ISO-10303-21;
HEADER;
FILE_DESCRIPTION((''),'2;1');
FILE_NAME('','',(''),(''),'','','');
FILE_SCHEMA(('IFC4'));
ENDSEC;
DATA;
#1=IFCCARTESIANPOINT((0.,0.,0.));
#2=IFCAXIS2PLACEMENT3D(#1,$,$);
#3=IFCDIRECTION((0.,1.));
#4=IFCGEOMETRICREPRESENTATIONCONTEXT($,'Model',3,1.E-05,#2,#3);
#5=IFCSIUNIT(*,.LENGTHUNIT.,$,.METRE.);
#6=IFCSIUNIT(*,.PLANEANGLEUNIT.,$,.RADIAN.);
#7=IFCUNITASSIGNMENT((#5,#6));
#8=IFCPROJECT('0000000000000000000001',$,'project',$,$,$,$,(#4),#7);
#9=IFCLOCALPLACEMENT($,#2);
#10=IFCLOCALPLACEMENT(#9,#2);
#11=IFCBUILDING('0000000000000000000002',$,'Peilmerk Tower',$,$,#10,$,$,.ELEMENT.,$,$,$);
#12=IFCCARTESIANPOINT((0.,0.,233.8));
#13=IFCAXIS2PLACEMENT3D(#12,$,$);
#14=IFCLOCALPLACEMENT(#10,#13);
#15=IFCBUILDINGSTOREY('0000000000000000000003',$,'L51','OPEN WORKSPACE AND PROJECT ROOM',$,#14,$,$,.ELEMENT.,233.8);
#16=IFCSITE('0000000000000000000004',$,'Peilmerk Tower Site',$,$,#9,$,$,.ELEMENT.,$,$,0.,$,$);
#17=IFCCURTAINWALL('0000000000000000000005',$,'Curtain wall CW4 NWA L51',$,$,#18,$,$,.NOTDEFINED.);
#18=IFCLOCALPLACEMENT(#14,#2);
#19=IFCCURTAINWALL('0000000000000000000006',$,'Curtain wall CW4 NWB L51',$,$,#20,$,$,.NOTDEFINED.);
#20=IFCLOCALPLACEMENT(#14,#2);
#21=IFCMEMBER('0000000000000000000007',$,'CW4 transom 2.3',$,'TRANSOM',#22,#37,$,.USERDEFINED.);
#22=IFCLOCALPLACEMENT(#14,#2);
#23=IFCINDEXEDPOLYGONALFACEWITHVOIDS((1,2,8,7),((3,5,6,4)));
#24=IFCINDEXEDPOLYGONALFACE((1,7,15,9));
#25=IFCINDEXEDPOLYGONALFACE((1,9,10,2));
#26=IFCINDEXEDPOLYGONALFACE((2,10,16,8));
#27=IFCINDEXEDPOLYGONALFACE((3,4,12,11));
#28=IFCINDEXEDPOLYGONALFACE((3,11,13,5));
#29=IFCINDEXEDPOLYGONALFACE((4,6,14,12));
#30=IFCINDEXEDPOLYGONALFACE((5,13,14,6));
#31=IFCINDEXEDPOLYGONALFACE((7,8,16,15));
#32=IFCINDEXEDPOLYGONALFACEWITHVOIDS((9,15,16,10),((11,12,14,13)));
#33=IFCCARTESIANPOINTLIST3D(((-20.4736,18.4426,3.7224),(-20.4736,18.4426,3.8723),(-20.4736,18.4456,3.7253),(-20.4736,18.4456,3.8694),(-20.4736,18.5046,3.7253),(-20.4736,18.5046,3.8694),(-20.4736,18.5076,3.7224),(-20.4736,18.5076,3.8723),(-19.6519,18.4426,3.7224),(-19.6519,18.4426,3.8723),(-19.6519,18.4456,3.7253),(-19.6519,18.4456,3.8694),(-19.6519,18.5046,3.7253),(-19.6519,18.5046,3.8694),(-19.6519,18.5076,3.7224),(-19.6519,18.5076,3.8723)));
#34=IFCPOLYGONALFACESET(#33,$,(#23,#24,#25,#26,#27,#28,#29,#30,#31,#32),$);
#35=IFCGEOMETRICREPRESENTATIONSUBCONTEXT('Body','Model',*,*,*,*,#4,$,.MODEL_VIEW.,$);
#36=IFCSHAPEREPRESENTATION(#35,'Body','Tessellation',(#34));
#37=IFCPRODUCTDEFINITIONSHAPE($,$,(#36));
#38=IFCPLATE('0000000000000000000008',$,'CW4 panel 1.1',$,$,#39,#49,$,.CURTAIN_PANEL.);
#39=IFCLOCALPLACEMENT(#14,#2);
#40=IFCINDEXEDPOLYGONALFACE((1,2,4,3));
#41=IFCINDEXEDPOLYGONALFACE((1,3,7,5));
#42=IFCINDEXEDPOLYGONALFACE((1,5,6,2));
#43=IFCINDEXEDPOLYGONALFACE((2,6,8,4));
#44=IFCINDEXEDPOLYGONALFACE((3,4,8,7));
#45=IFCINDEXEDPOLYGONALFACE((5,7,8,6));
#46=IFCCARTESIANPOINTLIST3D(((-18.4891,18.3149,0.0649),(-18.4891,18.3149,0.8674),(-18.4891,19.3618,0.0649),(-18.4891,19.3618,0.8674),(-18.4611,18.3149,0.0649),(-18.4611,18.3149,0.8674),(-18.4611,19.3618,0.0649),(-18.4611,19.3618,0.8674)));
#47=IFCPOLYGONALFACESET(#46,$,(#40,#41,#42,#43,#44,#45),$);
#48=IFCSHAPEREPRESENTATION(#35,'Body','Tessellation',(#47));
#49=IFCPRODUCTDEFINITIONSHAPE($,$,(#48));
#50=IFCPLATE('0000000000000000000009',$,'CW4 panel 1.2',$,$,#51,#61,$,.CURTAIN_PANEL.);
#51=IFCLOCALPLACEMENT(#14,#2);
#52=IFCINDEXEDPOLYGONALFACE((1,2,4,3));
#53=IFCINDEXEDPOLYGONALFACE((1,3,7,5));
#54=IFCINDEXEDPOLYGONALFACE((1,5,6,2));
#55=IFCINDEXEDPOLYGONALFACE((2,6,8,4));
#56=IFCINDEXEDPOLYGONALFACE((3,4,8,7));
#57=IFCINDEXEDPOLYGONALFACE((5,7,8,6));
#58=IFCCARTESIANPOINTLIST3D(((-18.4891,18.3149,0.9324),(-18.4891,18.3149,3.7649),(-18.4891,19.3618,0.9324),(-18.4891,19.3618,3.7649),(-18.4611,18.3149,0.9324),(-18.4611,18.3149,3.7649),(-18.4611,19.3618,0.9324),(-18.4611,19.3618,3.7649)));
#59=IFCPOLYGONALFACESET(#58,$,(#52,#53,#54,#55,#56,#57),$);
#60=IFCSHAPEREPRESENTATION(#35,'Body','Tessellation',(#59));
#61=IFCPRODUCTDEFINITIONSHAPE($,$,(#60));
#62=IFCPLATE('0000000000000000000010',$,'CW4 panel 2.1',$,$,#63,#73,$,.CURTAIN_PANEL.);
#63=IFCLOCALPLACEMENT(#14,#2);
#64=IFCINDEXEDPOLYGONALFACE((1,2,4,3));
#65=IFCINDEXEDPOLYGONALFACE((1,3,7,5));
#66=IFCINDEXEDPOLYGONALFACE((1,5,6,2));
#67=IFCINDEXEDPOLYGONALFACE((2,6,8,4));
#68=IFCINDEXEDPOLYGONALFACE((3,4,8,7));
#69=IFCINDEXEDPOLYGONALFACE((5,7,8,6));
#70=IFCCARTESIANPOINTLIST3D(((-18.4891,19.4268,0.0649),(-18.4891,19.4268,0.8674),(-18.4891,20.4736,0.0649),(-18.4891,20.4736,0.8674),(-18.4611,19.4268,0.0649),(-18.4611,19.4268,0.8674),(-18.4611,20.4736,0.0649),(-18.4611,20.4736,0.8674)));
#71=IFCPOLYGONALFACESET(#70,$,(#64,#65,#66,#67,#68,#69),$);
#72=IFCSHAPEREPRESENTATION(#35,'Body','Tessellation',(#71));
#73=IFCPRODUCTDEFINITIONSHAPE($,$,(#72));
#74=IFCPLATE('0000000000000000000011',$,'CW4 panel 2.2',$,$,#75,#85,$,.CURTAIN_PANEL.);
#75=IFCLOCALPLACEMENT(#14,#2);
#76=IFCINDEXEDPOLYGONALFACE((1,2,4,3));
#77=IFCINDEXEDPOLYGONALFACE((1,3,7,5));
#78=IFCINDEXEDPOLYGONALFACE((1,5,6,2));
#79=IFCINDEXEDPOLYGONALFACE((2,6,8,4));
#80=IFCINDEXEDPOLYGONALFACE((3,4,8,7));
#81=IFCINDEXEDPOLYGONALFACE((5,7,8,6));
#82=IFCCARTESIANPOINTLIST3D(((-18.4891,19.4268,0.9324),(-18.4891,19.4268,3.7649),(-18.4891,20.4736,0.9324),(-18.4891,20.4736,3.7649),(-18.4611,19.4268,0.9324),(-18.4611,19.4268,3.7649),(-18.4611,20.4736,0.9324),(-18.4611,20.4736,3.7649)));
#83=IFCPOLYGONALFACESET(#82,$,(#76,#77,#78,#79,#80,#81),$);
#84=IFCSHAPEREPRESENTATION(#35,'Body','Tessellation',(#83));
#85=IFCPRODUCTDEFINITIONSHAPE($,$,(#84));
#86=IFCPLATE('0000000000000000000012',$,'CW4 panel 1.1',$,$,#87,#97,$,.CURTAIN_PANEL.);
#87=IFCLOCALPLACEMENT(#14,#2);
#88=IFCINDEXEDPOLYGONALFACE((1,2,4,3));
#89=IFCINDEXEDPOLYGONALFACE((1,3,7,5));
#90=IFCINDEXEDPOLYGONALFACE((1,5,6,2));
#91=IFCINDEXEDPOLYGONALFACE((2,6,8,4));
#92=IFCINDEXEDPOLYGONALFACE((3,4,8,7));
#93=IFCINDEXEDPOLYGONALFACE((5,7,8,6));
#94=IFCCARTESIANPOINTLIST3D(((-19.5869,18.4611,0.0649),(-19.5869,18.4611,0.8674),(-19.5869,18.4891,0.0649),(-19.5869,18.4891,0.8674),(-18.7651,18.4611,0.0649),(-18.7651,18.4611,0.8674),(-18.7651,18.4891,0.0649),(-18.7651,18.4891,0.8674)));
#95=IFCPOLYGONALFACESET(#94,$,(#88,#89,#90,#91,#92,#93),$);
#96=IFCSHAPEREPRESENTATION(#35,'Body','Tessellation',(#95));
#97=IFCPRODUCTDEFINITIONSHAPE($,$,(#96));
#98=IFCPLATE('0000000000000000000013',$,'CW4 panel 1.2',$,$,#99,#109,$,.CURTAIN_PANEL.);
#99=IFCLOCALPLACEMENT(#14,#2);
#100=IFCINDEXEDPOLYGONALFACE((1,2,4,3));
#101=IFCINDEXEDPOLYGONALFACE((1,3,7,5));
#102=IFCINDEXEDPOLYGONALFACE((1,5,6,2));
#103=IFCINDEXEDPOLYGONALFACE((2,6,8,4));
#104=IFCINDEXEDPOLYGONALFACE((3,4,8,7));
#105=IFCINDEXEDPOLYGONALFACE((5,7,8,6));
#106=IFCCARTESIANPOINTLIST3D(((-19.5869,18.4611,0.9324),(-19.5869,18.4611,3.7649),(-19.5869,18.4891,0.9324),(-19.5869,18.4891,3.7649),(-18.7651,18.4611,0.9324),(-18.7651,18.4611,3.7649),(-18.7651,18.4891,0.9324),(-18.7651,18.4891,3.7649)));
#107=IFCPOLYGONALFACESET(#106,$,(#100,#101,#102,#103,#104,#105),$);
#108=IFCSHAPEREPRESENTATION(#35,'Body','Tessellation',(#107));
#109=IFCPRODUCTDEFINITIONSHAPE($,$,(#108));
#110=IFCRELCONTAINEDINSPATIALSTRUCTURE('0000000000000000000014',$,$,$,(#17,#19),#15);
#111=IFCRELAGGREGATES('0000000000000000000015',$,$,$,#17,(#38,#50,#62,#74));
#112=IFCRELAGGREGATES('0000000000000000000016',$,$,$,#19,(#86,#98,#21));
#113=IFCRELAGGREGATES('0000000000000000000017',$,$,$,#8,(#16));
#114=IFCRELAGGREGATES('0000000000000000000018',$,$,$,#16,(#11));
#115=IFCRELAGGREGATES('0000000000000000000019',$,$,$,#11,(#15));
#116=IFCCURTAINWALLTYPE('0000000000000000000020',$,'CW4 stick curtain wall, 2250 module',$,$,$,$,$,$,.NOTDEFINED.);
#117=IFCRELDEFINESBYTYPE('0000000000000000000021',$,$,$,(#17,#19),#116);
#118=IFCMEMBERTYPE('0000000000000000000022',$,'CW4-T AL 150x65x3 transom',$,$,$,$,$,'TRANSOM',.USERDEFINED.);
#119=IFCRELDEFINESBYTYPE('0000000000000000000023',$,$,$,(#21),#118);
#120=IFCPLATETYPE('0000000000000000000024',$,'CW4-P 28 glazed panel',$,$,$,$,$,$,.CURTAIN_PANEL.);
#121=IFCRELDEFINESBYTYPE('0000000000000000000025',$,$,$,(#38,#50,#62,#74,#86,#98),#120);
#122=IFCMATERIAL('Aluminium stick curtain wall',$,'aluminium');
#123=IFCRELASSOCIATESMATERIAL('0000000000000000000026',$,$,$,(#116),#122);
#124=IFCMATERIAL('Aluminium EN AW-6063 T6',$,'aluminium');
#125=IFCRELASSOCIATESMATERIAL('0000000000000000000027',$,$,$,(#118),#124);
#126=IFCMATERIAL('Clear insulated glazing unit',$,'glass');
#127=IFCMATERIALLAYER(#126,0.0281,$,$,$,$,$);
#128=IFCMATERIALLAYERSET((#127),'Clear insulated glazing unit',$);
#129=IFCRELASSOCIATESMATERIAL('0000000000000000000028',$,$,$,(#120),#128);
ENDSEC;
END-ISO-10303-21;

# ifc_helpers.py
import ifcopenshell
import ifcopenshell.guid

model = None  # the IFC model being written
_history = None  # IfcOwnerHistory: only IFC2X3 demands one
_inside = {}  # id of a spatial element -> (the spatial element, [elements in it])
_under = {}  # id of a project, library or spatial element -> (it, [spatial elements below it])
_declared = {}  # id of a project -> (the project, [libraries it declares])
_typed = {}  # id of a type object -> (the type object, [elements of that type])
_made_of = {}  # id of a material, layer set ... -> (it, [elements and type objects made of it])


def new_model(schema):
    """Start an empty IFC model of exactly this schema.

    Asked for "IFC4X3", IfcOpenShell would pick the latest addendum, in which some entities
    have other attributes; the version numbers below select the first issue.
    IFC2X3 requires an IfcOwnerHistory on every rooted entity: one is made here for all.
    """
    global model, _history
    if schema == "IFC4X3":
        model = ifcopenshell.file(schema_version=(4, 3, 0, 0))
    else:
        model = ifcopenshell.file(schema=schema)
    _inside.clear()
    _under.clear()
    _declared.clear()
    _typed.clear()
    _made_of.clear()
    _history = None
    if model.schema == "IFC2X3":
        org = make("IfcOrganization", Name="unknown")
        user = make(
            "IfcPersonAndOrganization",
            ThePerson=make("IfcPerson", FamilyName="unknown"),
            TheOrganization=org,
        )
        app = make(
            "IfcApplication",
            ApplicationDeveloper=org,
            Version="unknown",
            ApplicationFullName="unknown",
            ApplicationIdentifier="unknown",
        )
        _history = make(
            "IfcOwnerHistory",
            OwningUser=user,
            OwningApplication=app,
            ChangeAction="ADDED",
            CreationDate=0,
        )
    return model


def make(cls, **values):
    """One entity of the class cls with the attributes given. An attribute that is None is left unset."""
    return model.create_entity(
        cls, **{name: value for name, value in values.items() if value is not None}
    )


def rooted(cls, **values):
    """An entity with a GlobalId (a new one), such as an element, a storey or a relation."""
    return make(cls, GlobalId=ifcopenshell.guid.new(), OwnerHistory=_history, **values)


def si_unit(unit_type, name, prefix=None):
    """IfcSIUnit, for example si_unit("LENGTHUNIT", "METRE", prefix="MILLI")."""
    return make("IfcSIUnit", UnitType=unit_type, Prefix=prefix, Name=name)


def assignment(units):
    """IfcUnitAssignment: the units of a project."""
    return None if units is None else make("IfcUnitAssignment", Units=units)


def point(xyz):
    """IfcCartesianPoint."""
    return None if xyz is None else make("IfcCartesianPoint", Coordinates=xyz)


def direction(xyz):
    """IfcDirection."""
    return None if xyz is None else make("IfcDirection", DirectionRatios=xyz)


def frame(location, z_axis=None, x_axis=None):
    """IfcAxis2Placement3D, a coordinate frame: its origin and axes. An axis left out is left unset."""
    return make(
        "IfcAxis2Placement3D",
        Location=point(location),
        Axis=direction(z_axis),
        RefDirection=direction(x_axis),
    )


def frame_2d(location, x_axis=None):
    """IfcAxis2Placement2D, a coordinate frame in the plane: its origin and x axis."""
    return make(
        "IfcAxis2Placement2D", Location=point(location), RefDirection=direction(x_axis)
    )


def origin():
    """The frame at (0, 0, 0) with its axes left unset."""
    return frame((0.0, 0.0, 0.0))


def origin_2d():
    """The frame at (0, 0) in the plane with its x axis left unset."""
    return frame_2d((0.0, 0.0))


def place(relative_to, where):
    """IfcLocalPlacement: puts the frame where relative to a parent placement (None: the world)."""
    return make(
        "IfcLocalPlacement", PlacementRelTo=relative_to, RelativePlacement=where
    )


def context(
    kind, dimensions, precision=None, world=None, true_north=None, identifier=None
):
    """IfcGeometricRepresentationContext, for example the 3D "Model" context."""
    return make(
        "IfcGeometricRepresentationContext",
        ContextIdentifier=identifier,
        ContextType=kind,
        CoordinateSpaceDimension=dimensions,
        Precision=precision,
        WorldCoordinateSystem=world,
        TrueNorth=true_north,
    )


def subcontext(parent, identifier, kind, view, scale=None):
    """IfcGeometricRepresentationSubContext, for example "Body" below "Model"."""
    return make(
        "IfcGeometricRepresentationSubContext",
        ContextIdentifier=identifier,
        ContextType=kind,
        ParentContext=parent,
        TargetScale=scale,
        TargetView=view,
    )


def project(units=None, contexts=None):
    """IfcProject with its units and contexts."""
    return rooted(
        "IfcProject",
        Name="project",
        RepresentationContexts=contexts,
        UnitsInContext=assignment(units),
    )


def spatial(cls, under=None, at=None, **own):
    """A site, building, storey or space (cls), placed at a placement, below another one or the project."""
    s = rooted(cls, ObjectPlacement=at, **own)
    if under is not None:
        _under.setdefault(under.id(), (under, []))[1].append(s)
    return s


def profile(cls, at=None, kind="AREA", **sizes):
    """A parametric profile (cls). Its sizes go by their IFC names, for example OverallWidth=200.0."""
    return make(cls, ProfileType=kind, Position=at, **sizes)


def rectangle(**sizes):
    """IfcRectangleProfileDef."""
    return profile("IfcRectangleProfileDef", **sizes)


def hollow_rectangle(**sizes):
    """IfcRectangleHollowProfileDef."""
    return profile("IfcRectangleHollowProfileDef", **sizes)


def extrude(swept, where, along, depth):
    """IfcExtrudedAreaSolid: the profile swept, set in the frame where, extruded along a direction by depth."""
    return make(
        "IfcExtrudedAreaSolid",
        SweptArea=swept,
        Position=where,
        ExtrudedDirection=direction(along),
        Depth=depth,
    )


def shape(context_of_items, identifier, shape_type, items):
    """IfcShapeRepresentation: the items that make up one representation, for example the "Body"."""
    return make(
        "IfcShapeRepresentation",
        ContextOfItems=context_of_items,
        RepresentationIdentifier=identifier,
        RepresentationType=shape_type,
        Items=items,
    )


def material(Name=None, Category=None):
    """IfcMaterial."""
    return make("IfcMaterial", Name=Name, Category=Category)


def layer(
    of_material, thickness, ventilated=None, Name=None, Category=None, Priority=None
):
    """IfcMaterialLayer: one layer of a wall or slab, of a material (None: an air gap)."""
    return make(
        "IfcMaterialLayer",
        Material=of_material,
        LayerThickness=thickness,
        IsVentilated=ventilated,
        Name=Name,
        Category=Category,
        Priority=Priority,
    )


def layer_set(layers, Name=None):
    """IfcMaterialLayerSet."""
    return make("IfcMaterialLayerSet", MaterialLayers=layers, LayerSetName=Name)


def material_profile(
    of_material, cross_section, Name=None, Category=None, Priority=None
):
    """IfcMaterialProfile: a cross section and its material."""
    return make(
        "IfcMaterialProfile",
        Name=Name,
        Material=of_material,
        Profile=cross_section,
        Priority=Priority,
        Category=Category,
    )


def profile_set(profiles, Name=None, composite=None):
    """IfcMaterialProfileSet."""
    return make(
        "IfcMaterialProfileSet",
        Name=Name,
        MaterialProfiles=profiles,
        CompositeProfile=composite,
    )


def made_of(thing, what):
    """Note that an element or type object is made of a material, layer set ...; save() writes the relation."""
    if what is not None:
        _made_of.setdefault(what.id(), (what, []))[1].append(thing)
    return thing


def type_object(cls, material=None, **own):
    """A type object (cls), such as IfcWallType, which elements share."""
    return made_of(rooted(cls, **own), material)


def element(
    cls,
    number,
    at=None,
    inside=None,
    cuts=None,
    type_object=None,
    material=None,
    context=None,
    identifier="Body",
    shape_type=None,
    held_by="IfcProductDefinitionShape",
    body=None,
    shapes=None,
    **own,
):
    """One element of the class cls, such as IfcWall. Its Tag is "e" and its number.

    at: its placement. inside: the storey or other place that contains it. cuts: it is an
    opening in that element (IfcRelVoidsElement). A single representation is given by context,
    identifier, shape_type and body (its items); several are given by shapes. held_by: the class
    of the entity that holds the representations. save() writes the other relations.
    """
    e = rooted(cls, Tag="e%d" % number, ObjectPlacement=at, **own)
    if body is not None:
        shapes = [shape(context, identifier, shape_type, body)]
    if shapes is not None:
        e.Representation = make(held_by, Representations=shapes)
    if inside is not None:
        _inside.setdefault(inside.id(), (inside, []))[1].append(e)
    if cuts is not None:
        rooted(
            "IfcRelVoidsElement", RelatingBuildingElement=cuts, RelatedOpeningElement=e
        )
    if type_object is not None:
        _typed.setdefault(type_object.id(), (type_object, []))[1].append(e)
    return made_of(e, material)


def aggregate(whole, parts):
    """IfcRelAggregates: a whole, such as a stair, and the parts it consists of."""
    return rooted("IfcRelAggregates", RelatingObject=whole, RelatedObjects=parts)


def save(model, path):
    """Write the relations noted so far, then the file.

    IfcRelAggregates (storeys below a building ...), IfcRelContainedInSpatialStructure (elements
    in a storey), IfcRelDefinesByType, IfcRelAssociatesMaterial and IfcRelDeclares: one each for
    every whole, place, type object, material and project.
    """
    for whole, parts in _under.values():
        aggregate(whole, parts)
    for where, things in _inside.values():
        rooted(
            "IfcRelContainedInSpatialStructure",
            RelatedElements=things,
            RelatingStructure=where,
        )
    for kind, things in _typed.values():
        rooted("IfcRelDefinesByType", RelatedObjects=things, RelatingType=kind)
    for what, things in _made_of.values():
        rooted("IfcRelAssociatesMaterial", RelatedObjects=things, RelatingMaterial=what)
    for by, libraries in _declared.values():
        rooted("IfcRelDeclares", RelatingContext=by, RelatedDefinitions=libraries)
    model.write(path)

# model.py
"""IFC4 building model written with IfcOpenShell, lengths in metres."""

from ifc_helpers import new_model, si_unit, direction, frame, origin, origin_2d, place, context, subcontext, project, spatial, rectangle, hollow_rectangle, extrude, material, layer, layer_set, material_profile, profile_set, type_object, element, aggregate, save


model = new_model("IFC4")

# Units and contexts
model_context = context("Model", 3, precision=1e-05, world=origin(), true_north=direction((0.0, 1.0)))
body_context = subcontext(model_context, "Body", "Model", "MODEL_VIEW")
ifc_project = project(units=[si_unit("LENGTHUNIT", "METRE"), si_unit("PLANEANGLEUNIT", "RADIAN")], contexts=[model_context])

# Site, building, storey
site_placement = place(None, origin())
site = spatial("IfcSite", under=ifc_project, at=site_placement, Name="Peilmerk Tower Site", CompositionType="ELEMENT", RefElevation=0.0)
building_placement = place(site_placement, origin())
building = spatial("IfcBuilding", under=site, at=building_placement, Name="Peilmerk Tower", CompositionType="ELEMENT")
storey_placement = place(building_placement, frame((0.0, 0.0, 233.8)))
storey = spatial("IfcBuildingStorey", under=building, at=storey_placement, Name="L51", Description="OPEN WORKSPACE AND PROJECT ROOM", CompositionType="ELEMENT", Elevation=233.8)

# Curtain walls
ifc_material_1 = material(Name="Aluminium stick curtain wall", Category="aluminium")
curtain_wall_type = type_object("IfcCurtainWallType", Name="CW4 stick curtain wall, 2250 module", PredefinedType="NOTDEFINED", material=ifc_material_1)
curtain_wall_1_placement = place(storey_placement, origin())
curtain_wall_1 = element("IfcCurtainWall", 1, at=curtain_wall_1_placement, inside=storey, type_object=curtain_wall_type, Name="Curtain wall CW4 NWA L51", PredefinedType="NOTDEFINED")
ifc_material_2 = material(Name="Aluminium EN AW-6063 T6", Category="aluminium")
curtain_wall_2_placement = place(storey_placement, origin())
curtain_wall_2 = element("IfcCurtainWall", 2, at=curtain_wall_2_placement, inside=storey, type_object=curtain_wall_type, Name="Curtain wall CW4 NWB L51", PredefinedType="NOTDEFINED")

# Member
ifc_material_profile_1 = material_profile(ifc_material_2, hollow_rectangle(XDim=0.0649, YDim=0.1499, WallThickness=0.0029, at=origin_2d()), Name="AL 150x65x3")
ifc_profile_set_1 = profile_set([ifc_material_profile_1], Name="Aluminium EN AW-6063 T6")
member_type_1 = type_object("IfcMemberType", Name="CW4-T AL 150x65x3 transom", ElementType="TRANSOM", PredefinedType="USERDEFINED", material=ifc_profile_set_1)
member_1_placement = place(storey_placement, frame((-19.6519, 18.4751, 3.7974), z_axis=(-1.0, 0.0, 0.0), x_axis=(0.0, -1.0, 0.0)))
member_1 = element("IfcMember", 3, at=member_1_placement, type_object=member_type_1, Name="CW4 transom 2.3", ObjectType="TRANSOM", PredefinedType="USERDEFINED", context=body_context, shape_type="SweptSolid", body=[
    extrude(hollow_rectangle(XDim=0.0649, YDim=0.1499, WallThickness=0.0029, at=origin_2d()), origin(), (0.0, 0.0, 1.0), 0.8218),
])

# Plates
ifc_material_3 = material(Name="Clear insulated glazing unit", Category="glass")
ifc_layer_1 = layer(ifc_material_3, 0.0281)
ifc_layer_set_1 = layer_set([ifc_layer_1], Name="Clear insulated glazing unit")
plate_type = type_object("IfcPlateType", Name="CW4-P 28 glazed panel", PredefinedType="CURTAIN_PANEL", material=ifc_layer_set_1)
plate_1_placement = place(storey_placement, frame((-18.4751, 18.8384, 0.0649), z_axis=(0.0, 0.0, 1.0), x_axis=(0.0, 1.0, 0.0)))
plate_1 = element("IfcPlate", 4, at=plate_1_placement, type_object=plate_type, Name="CW4 panel 1.1", PredefinedType="CURTAIN_PANEL", context=body_context, shape_type="SweptSolid", body=[
    extrude(rectangle(XDim=1.0469, YDim=0.0281, at=origin_2d()), origin(), (0.0, 0.0, 1.0), 0.8025),
])
plate_2_placement = place(storey_placement, frame((-18.4751, 18.8384, 0.9324), z_axis=(0.0, 0.0, 1.0), x_axis=(0.0, 1.0, 0.0)))
plate_2 = element("IfcPlate", 5, at=plate_2_placement, type_object=plate_type, Name="CW4 panel 1.2", PredefinedType="CURTAIN_PANEL", context=body_context, shape_type="SweptSolid", body=[
    extrude(rectangle(XDim=1.0469, YDim=0.0281, at=origin_2d()), origin(), (0.0, 0.0, 1.0), 2.8325),
])
plate_3_placement = place(storey_placement, frame((-18.4751, 19.9502, 0.0649), z_axis=(0.0, 0.0, 1.0), x_axis=(0.0, 1.0, 0.0)))
plate_3 = element("IfcPlate", 6, at=plate_3_placement, type_object=plate_type, Name="CW4 panel 2.1", PredefinedType="CURTAIN_PANEL", context=body_context, shape_type="SweptSolid", body=[
    extrude(rectangle(XDim=1.0469, YDim=0.0281, at=origin_2d()), origin(), (0.0, 0.0, 1.0), 0.8025),
])
plate_4_placement = place(storey_placement, frame((-18.4751, 19.9502, 0.9324), z_axis=(0.0, 0.0, 1.0), x_axis=(0.0, 1.0, 0.0)))
plate_4 = element("IfcPlate", 7, at=plate_4_placement, type_object=plate_type, Name="CW4 panel 2.2", PredefinedType="CURTAIN_PANEL", context=body_context, shape_type="SweptSolid", body=[
    extrude(rectangle(XDim=1.0469, YDim=0.0281, at=origin_2d()), origin(), (0.0, 0.0, 1.0), 2.8325),
])
aggregate(curtain_wall_1, [plate_1, plate_2, plate_3, plate_4])
plate_5_placement = place(storey_placement, frame((-19.176, 18.4751, 0.0649), z_axis=(0.0, 0.0, 1.0), x_axis=(-1.0, 0.0, 0.0)))
plate_5 = element("IfcPlate", 8, at=plate_5_placement, type_object=plate_type, Name="CW4 panel 1.1", PredefinedType="CURTAIN_PANEL", context=body_context, shape_type="SweptSolid", body=[
    extrude(rectangle(XDim=0.8218, YDim=0.0281, at=origin_2d()), origin(), (0.0, 0.0, 1.0), 0.8025),
])
plate_6_placement = place(storey_placement, frame((-19.176, 18.4751, 0.9324), z_axis=(0.0, 0.0, 1.0), x_axis=(-1.0, 0.0, 0.0)))
plate_6 = element("IfcPlate", 9, at=plate_6_placement, type_object=plate_type, Name="CW4 panel 1.2", PredefinedType="CURTAIN_PANEL", context=body_context, shape_type="SweptSolid", body=[
    extrude(rectangle(XDim=0.8218, YDim=0.0281, at=origin_2d()), origin(), (0.0, 0.0, 1.0), 2.8325),
])
aggregate(curtain_wall_2, [plate_5, plate_6, member_1])

save(model, "model.ifc")
